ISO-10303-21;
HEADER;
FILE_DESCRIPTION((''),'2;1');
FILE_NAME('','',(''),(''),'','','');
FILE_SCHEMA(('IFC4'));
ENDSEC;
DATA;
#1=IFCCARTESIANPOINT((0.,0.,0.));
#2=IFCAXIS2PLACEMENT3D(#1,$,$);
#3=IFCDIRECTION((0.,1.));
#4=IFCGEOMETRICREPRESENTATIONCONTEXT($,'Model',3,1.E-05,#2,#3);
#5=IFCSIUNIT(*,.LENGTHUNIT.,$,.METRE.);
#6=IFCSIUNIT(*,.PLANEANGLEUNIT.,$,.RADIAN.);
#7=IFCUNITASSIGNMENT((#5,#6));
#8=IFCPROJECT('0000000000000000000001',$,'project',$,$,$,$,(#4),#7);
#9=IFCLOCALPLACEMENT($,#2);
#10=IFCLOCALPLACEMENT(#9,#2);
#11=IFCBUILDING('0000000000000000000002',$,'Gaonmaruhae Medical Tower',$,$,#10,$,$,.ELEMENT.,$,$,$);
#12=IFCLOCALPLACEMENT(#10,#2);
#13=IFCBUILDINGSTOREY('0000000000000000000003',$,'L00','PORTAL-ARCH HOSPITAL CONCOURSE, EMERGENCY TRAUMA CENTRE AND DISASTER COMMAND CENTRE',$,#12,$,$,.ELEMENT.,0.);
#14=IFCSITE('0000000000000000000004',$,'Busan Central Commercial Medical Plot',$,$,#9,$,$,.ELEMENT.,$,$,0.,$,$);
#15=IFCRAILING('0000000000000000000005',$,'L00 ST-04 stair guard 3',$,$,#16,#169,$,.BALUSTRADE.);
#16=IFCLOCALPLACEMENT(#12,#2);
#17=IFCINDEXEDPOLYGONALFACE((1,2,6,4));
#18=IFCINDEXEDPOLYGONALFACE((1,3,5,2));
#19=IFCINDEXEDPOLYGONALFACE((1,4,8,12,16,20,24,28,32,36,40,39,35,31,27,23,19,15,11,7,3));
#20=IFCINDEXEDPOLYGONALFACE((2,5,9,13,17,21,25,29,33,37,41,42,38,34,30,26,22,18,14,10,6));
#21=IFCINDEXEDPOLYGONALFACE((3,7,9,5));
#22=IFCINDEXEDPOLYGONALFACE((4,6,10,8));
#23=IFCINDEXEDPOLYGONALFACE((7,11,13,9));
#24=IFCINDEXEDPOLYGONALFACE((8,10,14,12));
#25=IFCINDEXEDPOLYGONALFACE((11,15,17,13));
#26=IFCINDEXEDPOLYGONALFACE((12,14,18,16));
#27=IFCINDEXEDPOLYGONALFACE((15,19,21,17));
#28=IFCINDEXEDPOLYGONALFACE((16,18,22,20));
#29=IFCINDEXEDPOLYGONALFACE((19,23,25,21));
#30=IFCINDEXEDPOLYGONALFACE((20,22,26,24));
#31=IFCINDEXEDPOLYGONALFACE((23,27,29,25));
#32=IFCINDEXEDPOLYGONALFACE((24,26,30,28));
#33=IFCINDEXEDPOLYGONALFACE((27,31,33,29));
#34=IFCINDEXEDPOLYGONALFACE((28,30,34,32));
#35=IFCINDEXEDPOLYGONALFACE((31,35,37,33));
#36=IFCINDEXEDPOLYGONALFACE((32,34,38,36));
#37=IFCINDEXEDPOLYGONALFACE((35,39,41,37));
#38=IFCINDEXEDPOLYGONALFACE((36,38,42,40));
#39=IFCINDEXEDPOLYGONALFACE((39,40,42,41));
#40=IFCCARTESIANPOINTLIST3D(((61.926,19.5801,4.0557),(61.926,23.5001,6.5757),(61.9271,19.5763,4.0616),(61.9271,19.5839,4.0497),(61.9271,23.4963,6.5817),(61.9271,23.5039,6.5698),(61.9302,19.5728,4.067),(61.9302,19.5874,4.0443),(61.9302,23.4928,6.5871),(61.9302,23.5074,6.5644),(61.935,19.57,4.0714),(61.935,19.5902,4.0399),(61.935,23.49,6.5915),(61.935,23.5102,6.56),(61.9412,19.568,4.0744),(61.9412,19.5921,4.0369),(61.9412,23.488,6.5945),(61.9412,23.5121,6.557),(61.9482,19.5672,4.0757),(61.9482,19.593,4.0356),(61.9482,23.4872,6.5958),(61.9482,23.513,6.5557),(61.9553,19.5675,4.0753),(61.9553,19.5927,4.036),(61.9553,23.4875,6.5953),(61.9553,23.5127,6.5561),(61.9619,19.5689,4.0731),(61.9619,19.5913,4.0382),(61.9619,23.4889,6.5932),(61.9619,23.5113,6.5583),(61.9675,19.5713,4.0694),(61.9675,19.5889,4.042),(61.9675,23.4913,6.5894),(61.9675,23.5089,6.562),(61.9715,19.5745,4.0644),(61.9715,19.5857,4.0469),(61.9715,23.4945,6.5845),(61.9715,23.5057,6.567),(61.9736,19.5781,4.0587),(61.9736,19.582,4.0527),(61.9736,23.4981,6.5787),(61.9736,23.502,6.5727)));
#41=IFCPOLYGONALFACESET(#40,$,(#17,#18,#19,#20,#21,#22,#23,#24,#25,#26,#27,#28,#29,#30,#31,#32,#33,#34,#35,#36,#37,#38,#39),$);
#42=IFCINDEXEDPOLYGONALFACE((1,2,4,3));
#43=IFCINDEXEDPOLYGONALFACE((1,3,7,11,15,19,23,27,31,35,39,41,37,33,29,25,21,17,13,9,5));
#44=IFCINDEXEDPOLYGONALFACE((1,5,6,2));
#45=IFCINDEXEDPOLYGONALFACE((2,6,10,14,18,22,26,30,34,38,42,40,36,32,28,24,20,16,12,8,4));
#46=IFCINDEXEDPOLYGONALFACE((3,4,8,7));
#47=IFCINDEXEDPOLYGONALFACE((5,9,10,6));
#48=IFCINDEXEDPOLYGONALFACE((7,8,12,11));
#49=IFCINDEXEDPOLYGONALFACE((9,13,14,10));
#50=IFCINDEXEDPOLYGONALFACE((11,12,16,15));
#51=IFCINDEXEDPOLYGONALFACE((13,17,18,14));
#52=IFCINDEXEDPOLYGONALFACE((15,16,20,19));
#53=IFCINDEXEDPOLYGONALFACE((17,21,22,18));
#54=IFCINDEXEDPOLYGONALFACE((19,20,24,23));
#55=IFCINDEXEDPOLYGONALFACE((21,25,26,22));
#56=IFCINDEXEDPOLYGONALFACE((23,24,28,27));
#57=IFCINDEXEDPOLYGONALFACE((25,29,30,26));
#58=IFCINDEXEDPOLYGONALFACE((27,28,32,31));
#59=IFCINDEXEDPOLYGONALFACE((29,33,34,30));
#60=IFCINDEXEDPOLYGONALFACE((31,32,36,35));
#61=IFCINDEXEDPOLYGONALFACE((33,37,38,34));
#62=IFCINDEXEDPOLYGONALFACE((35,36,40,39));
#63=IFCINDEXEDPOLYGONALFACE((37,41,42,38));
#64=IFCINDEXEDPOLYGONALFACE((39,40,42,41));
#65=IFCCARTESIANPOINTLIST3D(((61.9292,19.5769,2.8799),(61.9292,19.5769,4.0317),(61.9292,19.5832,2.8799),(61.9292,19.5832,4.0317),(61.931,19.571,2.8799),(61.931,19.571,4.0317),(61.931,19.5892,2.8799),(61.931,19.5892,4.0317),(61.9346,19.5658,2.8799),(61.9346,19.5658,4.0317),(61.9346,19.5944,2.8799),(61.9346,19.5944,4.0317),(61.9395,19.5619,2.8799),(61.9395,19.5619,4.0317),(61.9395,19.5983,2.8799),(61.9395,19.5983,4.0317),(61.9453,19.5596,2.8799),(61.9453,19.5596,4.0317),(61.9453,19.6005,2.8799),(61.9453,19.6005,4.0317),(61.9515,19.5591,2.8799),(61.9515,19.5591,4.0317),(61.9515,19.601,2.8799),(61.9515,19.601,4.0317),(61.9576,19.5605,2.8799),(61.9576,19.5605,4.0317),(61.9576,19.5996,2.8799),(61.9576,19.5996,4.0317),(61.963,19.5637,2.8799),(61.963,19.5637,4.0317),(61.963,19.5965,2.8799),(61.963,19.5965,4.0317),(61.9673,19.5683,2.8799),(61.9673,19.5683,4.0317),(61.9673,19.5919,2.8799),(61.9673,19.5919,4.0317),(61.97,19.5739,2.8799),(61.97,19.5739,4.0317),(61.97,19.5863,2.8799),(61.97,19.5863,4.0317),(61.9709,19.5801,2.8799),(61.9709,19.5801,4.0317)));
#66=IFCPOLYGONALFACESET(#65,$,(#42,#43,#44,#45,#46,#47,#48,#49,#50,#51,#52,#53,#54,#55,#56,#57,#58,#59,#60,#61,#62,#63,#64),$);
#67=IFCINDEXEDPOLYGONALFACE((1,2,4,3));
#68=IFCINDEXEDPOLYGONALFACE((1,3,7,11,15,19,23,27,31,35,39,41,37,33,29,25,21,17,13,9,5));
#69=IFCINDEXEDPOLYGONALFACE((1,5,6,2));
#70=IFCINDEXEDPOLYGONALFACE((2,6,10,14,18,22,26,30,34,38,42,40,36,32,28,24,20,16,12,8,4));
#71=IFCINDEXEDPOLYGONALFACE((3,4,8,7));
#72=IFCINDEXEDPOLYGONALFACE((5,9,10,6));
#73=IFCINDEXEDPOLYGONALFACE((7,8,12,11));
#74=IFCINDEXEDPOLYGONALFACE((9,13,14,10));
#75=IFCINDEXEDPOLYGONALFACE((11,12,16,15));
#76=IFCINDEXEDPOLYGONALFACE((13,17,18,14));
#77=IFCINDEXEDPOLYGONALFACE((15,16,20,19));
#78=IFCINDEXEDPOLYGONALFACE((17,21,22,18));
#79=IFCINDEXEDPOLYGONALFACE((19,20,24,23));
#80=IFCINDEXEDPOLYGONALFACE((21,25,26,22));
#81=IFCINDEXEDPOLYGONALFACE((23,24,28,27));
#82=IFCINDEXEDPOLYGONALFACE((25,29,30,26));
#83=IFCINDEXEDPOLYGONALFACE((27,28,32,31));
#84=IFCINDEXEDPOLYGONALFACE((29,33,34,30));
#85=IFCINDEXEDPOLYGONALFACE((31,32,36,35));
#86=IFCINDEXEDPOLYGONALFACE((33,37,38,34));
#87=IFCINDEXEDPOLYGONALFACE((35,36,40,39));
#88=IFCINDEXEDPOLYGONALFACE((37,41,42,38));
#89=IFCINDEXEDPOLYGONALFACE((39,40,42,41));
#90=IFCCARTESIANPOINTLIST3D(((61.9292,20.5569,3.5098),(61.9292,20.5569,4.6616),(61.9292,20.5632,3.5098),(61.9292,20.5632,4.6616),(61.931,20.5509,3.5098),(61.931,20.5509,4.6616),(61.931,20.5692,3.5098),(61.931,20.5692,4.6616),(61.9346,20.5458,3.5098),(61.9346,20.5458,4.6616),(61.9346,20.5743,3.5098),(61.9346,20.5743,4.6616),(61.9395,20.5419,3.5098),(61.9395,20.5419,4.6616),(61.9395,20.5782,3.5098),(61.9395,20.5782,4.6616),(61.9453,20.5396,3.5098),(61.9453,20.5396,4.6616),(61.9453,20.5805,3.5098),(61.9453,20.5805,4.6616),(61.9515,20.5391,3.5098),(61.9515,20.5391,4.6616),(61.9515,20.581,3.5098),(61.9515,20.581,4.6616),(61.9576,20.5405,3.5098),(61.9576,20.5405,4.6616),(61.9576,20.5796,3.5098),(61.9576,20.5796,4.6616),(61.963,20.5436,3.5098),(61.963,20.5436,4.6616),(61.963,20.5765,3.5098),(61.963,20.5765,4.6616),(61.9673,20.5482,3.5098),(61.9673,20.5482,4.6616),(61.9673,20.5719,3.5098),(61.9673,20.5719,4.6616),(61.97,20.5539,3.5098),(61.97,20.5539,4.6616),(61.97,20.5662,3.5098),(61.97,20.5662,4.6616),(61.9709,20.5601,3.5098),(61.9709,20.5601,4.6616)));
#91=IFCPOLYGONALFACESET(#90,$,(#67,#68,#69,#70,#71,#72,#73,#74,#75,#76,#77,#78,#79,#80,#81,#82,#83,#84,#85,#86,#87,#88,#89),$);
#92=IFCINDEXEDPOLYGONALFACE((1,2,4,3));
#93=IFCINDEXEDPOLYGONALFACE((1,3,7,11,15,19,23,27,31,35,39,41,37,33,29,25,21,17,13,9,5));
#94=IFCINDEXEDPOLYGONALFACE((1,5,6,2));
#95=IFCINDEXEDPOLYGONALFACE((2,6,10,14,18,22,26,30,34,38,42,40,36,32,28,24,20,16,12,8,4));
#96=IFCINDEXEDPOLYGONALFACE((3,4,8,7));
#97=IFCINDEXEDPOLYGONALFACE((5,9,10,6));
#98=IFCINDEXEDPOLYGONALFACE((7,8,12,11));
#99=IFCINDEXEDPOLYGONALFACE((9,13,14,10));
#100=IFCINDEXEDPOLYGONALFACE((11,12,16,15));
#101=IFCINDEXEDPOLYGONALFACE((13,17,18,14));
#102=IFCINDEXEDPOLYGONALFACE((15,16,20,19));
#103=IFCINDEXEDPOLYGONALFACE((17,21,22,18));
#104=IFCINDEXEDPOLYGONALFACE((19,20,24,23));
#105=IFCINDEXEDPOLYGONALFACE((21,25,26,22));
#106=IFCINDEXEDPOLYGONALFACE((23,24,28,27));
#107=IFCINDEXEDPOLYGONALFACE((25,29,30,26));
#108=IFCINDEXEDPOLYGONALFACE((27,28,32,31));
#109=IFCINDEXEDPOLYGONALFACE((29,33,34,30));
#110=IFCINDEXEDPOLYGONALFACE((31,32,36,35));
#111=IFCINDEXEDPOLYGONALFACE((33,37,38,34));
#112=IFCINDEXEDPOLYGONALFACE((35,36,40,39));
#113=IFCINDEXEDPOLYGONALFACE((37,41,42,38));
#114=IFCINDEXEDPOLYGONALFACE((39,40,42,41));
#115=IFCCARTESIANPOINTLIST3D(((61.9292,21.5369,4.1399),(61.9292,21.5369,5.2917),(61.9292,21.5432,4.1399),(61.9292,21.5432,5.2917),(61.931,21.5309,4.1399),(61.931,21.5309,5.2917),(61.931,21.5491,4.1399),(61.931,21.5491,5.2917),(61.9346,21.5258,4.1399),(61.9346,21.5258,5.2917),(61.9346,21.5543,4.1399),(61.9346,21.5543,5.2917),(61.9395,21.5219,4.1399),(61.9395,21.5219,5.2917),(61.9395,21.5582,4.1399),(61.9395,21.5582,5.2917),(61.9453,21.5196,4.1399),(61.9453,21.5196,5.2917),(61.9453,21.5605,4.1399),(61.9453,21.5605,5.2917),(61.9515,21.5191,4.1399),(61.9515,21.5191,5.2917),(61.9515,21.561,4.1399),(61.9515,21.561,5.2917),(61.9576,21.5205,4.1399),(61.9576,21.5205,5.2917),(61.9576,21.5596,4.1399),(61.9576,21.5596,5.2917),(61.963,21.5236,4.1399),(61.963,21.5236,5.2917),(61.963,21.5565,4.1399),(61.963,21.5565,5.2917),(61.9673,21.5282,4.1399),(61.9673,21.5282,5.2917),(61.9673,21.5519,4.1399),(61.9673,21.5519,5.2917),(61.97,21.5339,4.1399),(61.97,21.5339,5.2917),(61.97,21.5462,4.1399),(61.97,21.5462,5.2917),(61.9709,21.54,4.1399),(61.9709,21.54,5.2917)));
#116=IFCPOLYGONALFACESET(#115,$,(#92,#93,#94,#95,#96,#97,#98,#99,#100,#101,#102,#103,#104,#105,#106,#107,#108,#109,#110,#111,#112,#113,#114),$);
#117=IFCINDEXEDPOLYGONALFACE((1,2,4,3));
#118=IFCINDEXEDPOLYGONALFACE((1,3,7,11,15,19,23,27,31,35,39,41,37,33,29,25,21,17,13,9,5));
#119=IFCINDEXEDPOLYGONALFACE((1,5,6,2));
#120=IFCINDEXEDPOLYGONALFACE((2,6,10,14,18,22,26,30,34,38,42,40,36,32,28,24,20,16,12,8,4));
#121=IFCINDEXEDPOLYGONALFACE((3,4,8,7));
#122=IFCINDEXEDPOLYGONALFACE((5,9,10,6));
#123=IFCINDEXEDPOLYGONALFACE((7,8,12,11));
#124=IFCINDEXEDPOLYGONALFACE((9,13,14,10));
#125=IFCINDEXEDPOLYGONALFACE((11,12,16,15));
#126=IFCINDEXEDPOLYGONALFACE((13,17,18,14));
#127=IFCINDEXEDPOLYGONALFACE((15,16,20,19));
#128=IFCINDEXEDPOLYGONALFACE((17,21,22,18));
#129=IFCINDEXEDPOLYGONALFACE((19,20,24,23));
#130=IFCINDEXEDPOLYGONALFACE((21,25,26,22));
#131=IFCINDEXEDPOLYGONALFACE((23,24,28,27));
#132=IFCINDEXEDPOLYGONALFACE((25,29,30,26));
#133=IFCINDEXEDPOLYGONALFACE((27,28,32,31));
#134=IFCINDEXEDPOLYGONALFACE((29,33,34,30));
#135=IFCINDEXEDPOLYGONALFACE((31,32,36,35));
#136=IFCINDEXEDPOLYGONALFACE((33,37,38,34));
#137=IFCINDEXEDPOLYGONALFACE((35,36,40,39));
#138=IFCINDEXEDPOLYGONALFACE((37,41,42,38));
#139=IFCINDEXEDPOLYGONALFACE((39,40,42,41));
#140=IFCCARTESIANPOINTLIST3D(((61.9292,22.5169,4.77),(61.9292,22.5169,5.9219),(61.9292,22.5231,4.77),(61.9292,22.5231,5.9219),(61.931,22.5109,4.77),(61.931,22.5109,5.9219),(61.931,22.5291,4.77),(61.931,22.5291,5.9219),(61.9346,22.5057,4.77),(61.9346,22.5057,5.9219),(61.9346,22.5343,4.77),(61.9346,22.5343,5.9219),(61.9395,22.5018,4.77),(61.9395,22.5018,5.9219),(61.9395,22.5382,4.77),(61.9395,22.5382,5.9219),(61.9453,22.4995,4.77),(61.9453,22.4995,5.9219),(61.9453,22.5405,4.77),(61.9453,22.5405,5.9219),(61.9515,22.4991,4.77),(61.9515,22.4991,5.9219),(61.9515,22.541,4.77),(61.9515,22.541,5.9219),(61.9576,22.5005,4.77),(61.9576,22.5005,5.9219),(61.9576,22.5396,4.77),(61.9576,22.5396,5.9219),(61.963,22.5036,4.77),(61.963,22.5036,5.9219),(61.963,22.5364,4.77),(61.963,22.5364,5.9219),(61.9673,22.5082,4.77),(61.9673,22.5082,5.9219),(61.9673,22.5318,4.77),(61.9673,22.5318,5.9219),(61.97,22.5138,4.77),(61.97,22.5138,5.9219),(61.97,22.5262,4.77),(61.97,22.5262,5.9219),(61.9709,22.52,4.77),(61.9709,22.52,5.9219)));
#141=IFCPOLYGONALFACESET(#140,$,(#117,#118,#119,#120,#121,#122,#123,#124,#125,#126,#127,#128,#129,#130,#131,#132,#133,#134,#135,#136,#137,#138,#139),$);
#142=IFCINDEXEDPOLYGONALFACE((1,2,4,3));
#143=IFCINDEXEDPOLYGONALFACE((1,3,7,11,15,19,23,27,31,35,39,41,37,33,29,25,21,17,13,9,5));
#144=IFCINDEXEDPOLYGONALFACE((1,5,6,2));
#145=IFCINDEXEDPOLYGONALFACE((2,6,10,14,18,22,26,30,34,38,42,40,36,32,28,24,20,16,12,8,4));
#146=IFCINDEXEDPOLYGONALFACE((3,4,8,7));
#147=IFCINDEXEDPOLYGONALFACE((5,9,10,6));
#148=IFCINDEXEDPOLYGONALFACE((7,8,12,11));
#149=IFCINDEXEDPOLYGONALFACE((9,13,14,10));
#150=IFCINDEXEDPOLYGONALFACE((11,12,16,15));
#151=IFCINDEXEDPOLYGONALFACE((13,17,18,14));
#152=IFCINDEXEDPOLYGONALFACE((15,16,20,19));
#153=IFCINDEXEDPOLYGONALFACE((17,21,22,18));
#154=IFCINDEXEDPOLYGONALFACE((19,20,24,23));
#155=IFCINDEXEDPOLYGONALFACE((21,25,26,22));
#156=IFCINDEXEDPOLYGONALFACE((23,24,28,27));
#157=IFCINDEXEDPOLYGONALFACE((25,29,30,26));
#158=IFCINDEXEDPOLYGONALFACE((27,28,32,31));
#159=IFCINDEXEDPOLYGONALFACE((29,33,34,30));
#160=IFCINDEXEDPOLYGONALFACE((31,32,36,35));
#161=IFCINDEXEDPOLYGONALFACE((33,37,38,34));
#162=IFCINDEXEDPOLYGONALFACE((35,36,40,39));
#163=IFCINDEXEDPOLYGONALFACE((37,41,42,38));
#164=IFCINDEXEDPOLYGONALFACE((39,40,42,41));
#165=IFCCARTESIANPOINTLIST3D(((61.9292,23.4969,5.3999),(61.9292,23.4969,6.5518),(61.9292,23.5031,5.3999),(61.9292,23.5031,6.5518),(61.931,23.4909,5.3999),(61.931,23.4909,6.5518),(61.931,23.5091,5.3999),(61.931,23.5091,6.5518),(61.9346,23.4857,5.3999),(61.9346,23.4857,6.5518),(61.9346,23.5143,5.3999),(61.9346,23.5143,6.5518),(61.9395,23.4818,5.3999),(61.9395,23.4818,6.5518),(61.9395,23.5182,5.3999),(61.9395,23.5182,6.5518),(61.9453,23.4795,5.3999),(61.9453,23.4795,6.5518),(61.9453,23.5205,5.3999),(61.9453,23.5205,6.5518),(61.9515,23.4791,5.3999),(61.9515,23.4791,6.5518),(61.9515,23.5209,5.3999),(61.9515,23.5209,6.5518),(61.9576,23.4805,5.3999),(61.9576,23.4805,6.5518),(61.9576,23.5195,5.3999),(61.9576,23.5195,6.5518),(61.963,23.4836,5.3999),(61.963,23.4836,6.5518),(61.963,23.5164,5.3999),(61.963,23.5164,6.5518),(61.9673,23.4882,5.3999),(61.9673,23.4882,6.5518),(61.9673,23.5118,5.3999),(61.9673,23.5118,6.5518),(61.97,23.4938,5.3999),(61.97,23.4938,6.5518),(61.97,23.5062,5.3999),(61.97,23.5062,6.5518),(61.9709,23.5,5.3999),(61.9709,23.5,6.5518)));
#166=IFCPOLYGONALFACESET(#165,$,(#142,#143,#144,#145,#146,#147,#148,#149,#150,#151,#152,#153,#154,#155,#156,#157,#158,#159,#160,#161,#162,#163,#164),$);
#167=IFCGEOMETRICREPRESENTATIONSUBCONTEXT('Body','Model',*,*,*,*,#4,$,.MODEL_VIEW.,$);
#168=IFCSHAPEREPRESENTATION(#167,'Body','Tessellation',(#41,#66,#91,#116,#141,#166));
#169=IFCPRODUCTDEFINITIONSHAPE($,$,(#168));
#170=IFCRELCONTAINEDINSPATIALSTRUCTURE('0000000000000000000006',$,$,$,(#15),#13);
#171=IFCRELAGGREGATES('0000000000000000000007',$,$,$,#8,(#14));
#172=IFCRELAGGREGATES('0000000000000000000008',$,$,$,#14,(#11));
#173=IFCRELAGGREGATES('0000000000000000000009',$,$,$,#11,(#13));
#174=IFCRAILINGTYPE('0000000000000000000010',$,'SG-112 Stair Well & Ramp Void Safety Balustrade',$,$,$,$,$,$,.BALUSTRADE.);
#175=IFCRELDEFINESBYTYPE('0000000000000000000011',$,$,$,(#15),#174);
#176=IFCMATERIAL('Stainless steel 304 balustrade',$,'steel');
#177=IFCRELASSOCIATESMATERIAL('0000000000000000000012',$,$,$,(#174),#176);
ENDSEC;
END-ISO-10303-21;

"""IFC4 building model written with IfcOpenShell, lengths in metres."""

from ifc_helpers import new_model, si_unit, direction, frame, origin, origin_2d, place, context, subcontext, project, spatial, circle, extrude, material, type_object, element, save


model = new_model("IFC4")

# Units and contexts
model_context = context("Model", 3, precision=1e-05, world=origin(), true_north=direction((0.0, 1.0)))
body_context = subcontext(model_context, "Body", "Model", "MODEL_VIEW")
ifc_project = project(units=[si_unit("LENGTHUNIT", "METRE"), si_unit("PLANEANGLEUNIT", "RADIAN")], contexts=[model_context])

# Site, building, storey
site_placement = place(None, origin())
site = spatial("IfcSite", under=ifc_project, at=site_placement, Name="Busan Central Commercial Medical Plot", CompositionType="ELEMENT", RefElevation=0.0)
building_placement = place(site_placement, origin())
building = spatial("IfcBuilding", under=site, at=building_placement, Name="Gaonmaruhae Medical Tower", CompositionType="ELEMENT")
storey_placement = place(building_placement, origin())
storey = spatial("IfcBuildingStorey", under=building, at=storey_placement, Name="L00", Description="PORTAL-ARCH HOSPITAL CONCOURSE, EMERGENCY TRAUMA CENTRE AND DISASTER COMMAND CENTRE", CompositionType="ELEMENT", Elevation=0.0)

# Railing
ifc_material_1 = material(Name="Stainless steel 304 balustrade", Category="steel")
railing_type_1 = type_object("IfcRailingType", Name="SG-112 Stair Well & Ramp Void Safety Balustrade", PredefinedType="BALUSTRADE", material=ifc_material_1)
railing_1_placement = place(storey_placement, frame((61.95, 19.5801, 2.8799)))
element("IfcRailing", 1, at=railing_1_placement, inside=storey, type_object=railing_type_1, Name="L00 ST-04 stair guard 3", PredefinedType="BALUSTRADE", context=body_context, shape_type="SweptSolid", body=[
    extrude(circle(Radius=0.0239, at=origin_2d()), frame((0.0, 0.0, 1.1758), z_axis=(0.0, 0.841172, 0.540768), x_axis=(-1.0, 0.0, 0.0)), (0.0, 0.0, 1.0), 4.6602),
    extrude(circle(Radius=0.021, at=origin_2d()), origin(), (0.0, 0.0, 1.0), 1.1519),
    extrude(circle(Radius=0.021, at=origin_2d()), frame((0.0, 0.98, 0.6299)), (0.0, 0.0, 1.0), 1.1519),
    extrude(circle(Radius=0.021, at=origin_2d()), frame((0.0, 1.96, 1.26)), (0.0, 0.0, 1.0), 1.1519),
    extrude(circle(Radius=0.021, at=origin_2d()), frame((0.0, 2.9399, 1.8901)), (0.0, 0.0, 1.0), 1.1519),
    extrude(circle(Radius=0.021, at=origin_2d()), frame((0.0, 3.9199, 2.52)), (0.0, 0.0, 1.0), 1.1519),
])

save(model, "model.ifc")
